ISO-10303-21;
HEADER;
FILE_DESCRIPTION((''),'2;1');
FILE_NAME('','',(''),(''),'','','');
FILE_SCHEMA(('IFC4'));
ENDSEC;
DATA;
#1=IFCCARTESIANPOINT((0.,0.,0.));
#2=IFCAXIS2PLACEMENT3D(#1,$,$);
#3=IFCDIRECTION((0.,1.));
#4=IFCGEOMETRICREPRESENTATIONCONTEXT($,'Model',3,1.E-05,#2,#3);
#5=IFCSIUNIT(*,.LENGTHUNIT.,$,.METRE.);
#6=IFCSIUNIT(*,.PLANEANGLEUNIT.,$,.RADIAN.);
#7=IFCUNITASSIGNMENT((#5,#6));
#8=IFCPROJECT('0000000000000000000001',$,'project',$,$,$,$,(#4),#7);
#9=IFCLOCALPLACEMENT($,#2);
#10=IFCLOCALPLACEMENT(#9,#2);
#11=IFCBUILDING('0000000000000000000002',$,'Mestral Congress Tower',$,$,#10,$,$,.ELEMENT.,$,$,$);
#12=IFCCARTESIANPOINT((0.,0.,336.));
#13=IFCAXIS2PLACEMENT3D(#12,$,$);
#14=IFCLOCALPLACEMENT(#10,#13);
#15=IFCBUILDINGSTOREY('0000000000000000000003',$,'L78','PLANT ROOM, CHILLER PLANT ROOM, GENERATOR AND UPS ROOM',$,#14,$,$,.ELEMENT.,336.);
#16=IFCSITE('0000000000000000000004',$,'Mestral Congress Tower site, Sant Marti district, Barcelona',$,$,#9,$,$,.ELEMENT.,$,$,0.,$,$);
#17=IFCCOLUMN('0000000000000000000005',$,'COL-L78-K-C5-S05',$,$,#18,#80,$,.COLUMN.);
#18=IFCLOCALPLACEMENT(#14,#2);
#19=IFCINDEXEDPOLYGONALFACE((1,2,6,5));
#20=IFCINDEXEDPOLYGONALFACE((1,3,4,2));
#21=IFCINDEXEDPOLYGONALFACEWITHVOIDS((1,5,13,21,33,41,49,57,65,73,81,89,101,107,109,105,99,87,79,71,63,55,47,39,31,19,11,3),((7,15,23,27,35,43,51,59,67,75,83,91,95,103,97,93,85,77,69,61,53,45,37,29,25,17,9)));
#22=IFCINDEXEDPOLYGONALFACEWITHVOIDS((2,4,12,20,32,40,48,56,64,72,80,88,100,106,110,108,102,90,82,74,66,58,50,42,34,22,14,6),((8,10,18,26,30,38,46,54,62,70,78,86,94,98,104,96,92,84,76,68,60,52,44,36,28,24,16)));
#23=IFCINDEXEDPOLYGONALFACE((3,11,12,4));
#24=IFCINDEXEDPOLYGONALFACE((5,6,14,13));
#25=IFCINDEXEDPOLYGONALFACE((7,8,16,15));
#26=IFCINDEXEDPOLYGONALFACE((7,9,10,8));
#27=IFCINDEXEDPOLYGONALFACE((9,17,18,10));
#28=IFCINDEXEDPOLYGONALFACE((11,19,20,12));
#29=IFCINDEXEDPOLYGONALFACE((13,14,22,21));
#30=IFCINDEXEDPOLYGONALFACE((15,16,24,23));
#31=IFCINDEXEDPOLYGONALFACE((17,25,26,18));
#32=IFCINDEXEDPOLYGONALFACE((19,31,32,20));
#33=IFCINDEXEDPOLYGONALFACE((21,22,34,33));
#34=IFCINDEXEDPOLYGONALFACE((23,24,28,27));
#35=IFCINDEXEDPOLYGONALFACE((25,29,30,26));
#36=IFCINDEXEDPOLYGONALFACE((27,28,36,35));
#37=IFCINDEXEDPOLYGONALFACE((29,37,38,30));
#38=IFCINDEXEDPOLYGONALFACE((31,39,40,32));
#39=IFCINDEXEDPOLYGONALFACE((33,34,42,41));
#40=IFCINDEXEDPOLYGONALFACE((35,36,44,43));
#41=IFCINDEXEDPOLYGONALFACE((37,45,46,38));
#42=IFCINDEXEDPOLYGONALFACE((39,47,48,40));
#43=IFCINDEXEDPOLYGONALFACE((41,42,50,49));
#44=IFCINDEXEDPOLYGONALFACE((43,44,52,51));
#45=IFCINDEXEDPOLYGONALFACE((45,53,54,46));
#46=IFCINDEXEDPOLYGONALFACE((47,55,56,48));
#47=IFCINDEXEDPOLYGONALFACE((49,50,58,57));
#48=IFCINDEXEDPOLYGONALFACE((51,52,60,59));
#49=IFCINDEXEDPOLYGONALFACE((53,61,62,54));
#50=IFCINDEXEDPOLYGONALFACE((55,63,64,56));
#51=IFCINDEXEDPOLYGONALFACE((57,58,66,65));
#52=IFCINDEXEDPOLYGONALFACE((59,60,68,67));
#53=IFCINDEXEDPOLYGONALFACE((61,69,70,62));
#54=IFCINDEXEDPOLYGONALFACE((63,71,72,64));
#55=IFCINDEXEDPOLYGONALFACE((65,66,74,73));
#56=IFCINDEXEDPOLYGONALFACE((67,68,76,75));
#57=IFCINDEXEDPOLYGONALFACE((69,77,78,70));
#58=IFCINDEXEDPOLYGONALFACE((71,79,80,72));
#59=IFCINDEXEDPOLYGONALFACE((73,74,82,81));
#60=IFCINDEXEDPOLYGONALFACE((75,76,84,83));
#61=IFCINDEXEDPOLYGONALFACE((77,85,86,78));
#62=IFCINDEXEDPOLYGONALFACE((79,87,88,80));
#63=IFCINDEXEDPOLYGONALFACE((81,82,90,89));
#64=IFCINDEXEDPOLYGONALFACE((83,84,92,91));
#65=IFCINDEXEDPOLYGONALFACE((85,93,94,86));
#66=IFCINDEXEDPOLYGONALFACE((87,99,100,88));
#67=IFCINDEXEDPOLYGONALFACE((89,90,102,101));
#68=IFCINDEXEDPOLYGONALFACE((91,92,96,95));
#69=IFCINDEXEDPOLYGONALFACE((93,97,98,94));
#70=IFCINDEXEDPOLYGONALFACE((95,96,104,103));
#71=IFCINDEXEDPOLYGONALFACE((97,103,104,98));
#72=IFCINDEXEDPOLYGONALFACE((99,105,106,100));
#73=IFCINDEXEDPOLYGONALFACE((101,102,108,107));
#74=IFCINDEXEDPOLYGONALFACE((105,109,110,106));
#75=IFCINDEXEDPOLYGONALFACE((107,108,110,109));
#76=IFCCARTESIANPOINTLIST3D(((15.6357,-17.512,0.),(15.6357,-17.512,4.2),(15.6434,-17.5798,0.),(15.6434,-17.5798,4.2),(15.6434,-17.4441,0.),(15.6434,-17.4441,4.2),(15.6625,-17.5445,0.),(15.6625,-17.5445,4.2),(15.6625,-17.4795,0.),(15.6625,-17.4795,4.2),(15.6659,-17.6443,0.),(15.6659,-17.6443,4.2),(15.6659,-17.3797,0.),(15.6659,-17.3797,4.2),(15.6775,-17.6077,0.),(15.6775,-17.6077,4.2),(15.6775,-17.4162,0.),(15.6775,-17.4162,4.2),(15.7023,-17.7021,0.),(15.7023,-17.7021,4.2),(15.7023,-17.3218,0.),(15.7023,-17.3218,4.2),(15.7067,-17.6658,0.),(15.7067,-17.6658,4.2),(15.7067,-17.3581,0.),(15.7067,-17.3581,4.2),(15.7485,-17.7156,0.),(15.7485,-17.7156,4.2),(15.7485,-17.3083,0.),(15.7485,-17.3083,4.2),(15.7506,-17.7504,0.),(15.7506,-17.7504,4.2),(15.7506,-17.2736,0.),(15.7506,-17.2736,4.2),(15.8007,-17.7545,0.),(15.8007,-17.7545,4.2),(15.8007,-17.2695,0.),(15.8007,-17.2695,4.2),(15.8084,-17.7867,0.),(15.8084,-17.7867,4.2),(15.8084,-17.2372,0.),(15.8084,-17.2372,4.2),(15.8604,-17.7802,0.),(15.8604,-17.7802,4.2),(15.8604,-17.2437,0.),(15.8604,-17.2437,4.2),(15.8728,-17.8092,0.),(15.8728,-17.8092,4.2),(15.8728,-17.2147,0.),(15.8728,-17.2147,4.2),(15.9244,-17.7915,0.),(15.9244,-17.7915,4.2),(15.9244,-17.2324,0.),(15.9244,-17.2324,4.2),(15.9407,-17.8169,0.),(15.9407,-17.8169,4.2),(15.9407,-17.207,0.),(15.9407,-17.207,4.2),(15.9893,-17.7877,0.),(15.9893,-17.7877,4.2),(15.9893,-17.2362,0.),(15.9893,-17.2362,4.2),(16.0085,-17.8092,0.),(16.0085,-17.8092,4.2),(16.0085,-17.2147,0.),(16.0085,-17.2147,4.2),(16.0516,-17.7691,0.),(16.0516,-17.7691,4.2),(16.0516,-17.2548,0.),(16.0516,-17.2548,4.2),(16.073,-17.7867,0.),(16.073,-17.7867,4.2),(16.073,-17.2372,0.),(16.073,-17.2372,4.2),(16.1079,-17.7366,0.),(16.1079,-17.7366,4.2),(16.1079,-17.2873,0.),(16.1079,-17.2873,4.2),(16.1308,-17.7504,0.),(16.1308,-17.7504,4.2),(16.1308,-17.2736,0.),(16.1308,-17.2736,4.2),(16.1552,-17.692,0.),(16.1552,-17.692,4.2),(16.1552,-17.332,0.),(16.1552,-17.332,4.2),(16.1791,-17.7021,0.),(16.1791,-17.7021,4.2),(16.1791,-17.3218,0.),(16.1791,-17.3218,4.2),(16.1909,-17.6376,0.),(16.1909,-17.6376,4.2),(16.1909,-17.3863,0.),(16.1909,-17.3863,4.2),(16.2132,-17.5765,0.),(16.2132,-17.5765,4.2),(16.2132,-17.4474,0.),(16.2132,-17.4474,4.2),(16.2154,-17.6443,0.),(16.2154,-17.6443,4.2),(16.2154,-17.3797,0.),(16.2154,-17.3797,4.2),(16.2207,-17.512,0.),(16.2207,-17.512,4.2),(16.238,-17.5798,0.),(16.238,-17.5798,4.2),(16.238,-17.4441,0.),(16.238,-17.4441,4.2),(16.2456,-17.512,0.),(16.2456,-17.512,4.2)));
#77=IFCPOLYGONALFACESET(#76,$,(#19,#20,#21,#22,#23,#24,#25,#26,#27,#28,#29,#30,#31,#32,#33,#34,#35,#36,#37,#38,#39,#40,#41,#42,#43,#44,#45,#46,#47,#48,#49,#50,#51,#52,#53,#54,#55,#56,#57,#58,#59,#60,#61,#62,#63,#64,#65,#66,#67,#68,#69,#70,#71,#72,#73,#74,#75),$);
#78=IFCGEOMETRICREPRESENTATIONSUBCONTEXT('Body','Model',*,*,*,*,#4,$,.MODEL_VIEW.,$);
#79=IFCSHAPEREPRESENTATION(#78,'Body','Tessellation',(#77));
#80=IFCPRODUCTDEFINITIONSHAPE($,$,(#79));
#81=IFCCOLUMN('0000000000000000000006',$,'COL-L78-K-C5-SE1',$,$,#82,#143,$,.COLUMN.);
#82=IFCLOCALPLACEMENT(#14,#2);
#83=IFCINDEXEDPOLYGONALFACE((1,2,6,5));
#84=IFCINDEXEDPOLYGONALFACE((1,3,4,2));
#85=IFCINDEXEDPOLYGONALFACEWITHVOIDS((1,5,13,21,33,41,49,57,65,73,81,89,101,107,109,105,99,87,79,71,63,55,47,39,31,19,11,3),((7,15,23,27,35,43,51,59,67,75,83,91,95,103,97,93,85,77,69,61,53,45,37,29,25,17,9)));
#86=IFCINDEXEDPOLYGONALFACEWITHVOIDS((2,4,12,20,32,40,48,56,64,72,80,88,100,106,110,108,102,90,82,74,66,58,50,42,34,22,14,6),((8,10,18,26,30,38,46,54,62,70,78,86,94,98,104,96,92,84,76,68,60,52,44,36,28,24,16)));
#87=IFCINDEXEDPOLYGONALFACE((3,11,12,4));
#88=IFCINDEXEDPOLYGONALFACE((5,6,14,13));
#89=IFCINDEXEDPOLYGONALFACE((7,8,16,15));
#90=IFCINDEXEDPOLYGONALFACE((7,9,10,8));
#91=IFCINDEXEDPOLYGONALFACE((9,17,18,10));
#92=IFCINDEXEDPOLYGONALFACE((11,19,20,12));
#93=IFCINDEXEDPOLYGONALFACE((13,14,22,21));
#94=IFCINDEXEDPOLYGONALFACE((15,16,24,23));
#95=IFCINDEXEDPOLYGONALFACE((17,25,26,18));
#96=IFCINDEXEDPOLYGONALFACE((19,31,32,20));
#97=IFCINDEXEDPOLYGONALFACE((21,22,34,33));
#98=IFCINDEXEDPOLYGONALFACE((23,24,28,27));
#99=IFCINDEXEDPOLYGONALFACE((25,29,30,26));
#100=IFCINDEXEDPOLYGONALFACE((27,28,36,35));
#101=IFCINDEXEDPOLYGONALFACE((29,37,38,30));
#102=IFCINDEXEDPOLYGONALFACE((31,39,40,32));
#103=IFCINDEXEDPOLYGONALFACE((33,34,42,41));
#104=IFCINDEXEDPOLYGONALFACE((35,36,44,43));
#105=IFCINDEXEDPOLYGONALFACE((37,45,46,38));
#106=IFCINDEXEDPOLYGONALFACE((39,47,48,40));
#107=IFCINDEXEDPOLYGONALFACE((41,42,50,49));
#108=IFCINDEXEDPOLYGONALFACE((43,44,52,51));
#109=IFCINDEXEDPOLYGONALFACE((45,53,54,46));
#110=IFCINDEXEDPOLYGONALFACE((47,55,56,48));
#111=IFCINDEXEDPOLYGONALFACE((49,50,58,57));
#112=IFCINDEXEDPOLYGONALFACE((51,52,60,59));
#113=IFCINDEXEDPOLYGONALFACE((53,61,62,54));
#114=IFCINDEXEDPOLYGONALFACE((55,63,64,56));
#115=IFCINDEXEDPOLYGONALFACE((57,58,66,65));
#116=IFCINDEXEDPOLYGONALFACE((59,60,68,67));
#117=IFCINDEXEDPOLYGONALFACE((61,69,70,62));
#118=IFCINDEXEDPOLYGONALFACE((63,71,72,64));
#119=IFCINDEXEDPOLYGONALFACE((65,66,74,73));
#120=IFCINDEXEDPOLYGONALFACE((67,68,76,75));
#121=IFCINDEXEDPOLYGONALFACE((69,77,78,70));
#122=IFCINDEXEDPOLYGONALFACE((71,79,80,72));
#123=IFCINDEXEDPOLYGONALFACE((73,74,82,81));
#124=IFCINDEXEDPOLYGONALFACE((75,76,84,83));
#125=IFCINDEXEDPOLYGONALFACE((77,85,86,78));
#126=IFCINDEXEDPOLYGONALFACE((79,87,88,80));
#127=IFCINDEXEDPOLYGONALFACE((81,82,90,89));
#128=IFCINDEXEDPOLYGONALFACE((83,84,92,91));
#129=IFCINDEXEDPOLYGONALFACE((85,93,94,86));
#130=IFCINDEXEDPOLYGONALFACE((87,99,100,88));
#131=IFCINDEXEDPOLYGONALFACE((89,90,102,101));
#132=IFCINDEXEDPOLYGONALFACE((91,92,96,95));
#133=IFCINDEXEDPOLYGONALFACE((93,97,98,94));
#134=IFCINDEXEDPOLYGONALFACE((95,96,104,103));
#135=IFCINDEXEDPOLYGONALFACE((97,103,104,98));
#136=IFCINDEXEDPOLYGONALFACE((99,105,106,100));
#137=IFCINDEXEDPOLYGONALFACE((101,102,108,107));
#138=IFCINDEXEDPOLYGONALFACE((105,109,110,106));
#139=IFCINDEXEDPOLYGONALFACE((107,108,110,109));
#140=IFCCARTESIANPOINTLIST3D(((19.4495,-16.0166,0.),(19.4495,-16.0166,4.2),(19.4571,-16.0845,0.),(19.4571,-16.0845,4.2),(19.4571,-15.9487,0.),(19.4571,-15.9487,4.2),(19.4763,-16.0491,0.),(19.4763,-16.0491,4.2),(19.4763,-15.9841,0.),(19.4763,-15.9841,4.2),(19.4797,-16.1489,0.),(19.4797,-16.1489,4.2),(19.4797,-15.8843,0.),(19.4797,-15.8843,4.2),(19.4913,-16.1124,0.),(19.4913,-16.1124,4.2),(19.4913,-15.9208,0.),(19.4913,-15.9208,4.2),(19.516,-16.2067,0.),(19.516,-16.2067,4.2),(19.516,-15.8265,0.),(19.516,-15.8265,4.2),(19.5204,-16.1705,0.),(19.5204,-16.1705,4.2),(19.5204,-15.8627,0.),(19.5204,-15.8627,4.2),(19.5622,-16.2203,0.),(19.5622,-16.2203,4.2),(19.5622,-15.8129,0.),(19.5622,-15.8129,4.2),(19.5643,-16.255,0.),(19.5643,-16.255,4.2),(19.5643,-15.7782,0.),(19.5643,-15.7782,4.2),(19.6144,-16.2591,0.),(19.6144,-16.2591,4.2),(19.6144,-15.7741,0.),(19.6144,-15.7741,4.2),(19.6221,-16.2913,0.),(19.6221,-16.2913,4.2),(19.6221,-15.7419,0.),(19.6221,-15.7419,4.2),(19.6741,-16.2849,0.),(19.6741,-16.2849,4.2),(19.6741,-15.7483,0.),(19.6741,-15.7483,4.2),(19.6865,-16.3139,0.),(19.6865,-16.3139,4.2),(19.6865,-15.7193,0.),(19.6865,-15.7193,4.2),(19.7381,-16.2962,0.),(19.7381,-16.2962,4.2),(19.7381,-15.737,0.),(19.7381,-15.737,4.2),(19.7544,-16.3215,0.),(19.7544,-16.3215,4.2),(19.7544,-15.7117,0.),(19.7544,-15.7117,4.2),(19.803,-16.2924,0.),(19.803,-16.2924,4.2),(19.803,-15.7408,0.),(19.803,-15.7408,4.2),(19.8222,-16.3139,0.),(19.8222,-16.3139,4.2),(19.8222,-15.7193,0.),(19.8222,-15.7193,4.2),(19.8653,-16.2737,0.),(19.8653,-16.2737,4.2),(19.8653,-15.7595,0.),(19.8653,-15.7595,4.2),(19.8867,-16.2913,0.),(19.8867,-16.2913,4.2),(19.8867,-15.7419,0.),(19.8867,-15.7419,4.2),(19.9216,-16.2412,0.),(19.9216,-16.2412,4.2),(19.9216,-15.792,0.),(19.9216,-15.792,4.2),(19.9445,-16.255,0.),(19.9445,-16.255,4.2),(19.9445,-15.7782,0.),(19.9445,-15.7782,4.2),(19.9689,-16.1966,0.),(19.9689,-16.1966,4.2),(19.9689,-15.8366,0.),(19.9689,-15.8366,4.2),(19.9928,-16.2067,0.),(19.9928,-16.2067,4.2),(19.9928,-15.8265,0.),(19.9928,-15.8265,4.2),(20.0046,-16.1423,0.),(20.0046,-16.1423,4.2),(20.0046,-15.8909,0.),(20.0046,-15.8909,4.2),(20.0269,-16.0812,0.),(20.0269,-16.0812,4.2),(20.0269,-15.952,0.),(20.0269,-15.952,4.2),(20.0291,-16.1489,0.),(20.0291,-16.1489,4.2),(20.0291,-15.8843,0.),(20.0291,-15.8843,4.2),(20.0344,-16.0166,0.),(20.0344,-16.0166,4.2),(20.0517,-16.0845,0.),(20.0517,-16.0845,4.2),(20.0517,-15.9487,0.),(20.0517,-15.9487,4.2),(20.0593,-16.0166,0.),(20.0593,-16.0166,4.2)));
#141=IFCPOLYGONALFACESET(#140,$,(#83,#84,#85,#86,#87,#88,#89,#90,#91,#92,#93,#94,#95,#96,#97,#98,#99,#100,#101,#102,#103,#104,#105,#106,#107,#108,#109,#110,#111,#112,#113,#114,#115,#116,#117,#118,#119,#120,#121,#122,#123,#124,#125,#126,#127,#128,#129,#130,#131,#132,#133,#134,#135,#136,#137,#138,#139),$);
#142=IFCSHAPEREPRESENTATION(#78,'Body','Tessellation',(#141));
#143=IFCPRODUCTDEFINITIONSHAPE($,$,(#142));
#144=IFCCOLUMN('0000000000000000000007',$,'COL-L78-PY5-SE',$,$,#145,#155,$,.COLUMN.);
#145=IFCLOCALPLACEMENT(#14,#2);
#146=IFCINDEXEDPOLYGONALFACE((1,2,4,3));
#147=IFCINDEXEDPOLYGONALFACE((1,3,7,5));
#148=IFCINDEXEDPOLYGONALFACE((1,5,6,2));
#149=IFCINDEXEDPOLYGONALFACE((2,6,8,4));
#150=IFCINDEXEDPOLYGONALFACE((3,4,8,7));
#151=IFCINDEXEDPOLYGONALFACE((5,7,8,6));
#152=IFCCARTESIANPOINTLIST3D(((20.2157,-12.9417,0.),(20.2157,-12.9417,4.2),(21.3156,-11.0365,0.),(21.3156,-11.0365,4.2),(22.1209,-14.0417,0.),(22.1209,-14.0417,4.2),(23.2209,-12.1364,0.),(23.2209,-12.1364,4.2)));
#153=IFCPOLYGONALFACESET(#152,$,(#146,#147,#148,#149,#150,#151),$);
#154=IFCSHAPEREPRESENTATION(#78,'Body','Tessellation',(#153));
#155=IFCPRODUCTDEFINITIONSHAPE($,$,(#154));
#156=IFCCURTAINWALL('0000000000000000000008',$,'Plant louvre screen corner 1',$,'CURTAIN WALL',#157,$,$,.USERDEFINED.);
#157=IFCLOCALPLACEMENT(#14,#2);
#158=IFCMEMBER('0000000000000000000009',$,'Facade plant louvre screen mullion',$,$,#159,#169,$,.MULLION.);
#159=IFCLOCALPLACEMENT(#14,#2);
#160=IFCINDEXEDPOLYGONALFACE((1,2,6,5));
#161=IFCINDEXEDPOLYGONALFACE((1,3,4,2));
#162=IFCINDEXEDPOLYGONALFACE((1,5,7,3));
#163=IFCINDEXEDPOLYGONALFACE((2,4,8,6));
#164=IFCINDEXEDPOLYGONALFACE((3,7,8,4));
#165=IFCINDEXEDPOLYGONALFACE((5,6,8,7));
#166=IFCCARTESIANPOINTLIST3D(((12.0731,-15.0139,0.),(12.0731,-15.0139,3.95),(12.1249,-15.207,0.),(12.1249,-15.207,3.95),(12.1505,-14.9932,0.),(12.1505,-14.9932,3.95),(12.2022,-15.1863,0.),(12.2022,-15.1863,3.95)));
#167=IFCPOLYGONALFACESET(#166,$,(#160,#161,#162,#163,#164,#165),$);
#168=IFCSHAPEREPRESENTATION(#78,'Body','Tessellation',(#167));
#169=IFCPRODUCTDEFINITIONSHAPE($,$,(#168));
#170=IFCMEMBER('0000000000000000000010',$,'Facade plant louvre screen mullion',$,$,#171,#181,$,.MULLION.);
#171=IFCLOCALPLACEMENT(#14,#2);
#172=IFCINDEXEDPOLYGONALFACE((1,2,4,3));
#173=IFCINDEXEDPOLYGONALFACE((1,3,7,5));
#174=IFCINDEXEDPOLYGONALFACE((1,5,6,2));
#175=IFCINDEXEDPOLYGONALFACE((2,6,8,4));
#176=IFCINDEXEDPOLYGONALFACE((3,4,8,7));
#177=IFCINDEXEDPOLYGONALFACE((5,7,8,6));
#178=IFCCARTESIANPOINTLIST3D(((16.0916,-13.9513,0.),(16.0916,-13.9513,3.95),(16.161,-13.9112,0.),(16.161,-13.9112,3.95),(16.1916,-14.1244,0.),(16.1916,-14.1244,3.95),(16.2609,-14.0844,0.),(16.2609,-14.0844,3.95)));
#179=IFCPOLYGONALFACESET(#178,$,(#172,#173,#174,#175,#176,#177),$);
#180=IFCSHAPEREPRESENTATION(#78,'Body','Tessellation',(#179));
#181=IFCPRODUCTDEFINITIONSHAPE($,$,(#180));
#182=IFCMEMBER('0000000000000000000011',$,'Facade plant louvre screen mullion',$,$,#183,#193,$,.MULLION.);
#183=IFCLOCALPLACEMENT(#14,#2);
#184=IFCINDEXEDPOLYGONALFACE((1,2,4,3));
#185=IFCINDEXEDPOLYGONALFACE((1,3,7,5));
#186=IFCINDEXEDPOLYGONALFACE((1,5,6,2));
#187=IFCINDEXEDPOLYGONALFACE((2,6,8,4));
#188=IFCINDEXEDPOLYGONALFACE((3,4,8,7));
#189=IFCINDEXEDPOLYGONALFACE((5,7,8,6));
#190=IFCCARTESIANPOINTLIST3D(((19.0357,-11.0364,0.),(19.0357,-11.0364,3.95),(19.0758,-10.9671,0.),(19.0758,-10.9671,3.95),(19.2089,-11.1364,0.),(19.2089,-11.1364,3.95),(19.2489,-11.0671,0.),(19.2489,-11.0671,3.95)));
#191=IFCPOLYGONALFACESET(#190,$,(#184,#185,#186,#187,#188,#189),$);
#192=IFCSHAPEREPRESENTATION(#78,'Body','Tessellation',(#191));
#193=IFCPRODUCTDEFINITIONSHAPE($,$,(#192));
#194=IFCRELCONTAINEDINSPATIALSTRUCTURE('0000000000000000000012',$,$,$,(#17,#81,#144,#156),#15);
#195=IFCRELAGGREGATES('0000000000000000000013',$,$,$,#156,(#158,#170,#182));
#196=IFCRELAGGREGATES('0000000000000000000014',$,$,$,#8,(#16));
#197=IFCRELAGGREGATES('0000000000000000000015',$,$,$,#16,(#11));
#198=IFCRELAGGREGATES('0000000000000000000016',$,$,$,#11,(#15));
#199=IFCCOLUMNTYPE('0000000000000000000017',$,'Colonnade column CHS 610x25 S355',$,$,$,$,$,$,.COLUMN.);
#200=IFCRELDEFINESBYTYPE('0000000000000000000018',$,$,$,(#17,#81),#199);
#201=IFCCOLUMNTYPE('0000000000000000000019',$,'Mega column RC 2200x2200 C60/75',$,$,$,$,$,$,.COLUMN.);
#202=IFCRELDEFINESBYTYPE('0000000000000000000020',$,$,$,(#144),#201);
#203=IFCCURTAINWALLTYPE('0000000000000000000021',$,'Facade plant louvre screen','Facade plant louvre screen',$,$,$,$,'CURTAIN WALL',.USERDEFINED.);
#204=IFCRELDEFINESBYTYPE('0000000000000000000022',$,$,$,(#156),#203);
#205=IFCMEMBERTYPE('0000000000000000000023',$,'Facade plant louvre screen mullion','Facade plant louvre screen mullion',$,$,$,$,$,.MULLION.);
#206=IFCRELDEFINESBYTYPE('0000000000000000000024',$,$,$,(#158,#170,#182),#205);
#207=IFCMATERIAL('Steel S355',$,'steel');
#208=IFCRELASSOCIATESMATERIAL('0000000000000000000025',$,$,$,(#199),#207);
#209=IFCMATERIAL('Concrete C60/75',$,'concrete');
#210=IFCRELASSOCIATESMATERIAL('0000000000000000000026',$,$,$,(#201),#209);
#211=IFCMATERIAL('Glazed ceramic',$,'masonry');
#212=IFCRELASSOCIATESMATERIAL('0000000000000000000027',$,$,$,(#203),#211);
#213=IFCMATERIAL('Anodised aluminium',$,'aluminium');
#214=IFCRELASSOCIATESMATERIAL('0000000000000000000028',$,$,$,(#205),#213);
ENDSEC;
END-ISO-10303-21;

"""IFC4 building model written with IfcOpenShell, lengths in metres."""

from ifc_helpers import new_model, si_unit, direction, frame, origin, origin_2d, place, context, subcontext, project, spatial, rectangle, hollow_circle, extrude, material, material_profile, profile_set, type_object, element, aggregate, save


model = new_model("IFC4")

# Units and contexts
model_context = context("Model", 3, precision=1e-05, world=origin(), true_north=direction((0.0, 1.0)))
body_context = subcontext(model_context, "Body", "Model", "MODEL_VIEW")
ifc_project = project(units=[si_unit("LENGTHUNIT", "METRE"), si_unit("PLANEANGLEUNIT", "RADIAN")], contexts=[model_context])

# Site, building, storey
site_placement = place(None, origin())
site = spatial("IfcSite", under=ifc_project, at=site_placement, Name="Mestral Congress Tower site, Sant Marti district, Barcelona", CompositionType="ELEMENT", RefElevation=0.0)
building_placement = place(site_placement, origin())
building = spatial("IfcBuilding", under=site, at=building_placement, Name="Mestral Congress Tower", CompositionType="ELEMENT")
storey_placement = place(building_placement, frame((0.0, 0.0, 336.0)))
storey = spatial("IfcBuildingStorey", under=building, at=storey_placement, Name="L78", Description="PLANT ROOM, CHILLER PLANT ROOM, GENERATOR AND UPS ROOM", CompositionType="ELEMENT", Elevation=336.0)

# Columns
ifc_material_1 = material(Name="Steel S355", Category="steel")
ifc_material_profile_1 = material_profile(ifc_material_1, hollow_circle(Radius=0.3049, WallThickness=0.0249, at=origin_2d()), Name="CHS 610x25")
ifc_profile_set_1 = profile_set([ifc_material_profile_1], Name="Steel S355")
column_type_1 = type_object("IfcColumnType", Name="Colonnade column CHS 610x25 S355", PredefinedType="COLUMN", material=ifc_profile_set_1)
for number, where, z_axis, x_axis, name in (
    (1, (15.9407, -17.512, 0.0), (0.0, 0.0, 1.0), (1.0, 0.0, 0.0), "COL-L78-K-C5-S05"),
    (2, (19.7544, -16.0166, 0.0), (0.0, 0.0, 1.0), (1.0, 0.0, 0.0), "COL-L78-K-C5-SE1"),
):
    element("IfcColumn", number, at=place(storey_placement, frame(where, z_axis=z_axis, x_axis=x_axis)), inside=storey, type_object=column_type_1, Name=name, PredefinedType="COLUMN", context=body_context, shape_type="SweptSolid", body=[
        extrude(hollow_circle(Radius=0.3049, WallThickness=0.0249, at=origin_2d()), origin(), (0.0, 0.0, 1.0), 4.2),
    ])
ifc_material_2 = material(Name="Concrete C60/75", Category="concrete")
ifc_material_profile_2 = material_profile(ifc_material_2, rectangle(XDim=2.2, YDim=2.2, at=origin_2d()), Name="RC 2200x2200")
ifc_profile_set_2 = profile_set([ifc_material_profile_2], Name="Concrete C60/75")
column_type_2 = type_object("IfcColumnType", Name="Mega column RC 2200x2200 C60/75", PredefinedType="COLUMN", material=ifc_profile_set_2)
column_placement = place(storey_placement, frame((21.7183, -12.5391, 0.0), z_axis=(0.0, 0.0, 1.0), x_axis=(0.866025, -0.5, 0.0)))
element("IfcColumn", 3, at=column_placement, inside=storey, type_object=column_type_2, Name="COL-L78-PY5-SE", PredefinedType="COLUMN", context=body_context, shape_type="SweptSolid", body=[
    extrude(rectangle(XDim=2.2, YDim=2.2, at=origin_2d()), origin(), (0.0, 0.0, 1.0), 4.2),
])

# Curtain wall, members
ifc_material_3 = material(Name="Glazed ceramic", Category="masonry")
curtain_wall_type = type_object("IfcCurtainWallType", Name="Facade plant louvre screen", Description="Facade plant louvre screen", ElementType="CURTAIN WALL", PredefinedType="USERDEFINED", material=ifc_material_3)
curtain_wall_placement = place(storey_placement, origin())
curtain_wall = element("IfcCurtainWall", 4, at=curtain_wall_placement, inside=storey, type_object=curtain_wall_type, Name="Plant louvre screen corner 1", ObjectType="CURTAIN WALL", PredefinedType="USERDEFINED")
ifc_material_4 = material(Name="Anodised aluminium", Category="aluminium")
ifc_material_profile_3 = material_profile(ifc_material_4, rectangle(XDim=0.2, YDim=0.0801, at=origin_2d()), Name="CW6 mullion 200 x 80")
ifc_profile_set_3 = profile_set([ifc_material_profile_3], Name="Anodised aluminium")
member_type_1 = type_object("IfcMemberType", Name="Facade plant louvre screen mullion", Description="Facade plant louvre screen mullion", PredefinedType="MULLION", material=ifc_profile_set_3)
member_1_placement = place(storey_placement, frame((12.1377, -15.1001, 0.0), z_axis=(0.0, 0.0, 1.0), x_axis=(0.258819, -0.965926, 0.0)))
member_1 = element("IfcMember", 5, at=member_1_placement, type_object=member_type_1, Name="Facade plant louvre screen mullion", PredefinedType="MULLION", context=body_context, shape_type="SweptSolid", body=[
    extrude(rectangle(XDim=0.2, YDim=0.0801, at=origin_2d()), origin(), (0.0, 0.0, 1.0), 3.95),
])
member_2_placement = place(storey_placement, frame((16.1763, -14.0178, 0.0), z_axis=(0.0, 0.0, 1.0), x_axis=(0.5, -0.866025, 0.0)))
member_2 = element("IfcMember", 6, at=member_2_placement, type_object=member_type_1, Name="Facade plant louvre screen mullion", PredefinedType="MULLION", context=body_context, shape_type="SweptSolid", body=[
    extrude(rectangle(XDim=0.2, YDim=0.0801, at=origin_2d()), origin(), (0.0, 0.0, 1.0), 3.95),
])
member_3_placement = place(storey_placement, frame((19.1423, -11.0518, 0.0), z_axis=(0.0, 0.0, 1.0), x_axis=(0.866025, -0.5, 0.0)))
member_3 = element("IfcMember", 7, at=member_3_placement, type_object=member_type_1, Name="Facade plant louvre screen mullion", PredefinedType="MULLION", context=body_context, shape_type="SweptSolid", body=[
    extrude(rectangle(XDim=0.2, YDim=0.0801, at=origin_2d()), origin(), (0.0, 0.0, 1.0), 3.95),
])

aggregate(curtain_wall, [member_1, member_2, member_3])

save(model, "model.ifc")
